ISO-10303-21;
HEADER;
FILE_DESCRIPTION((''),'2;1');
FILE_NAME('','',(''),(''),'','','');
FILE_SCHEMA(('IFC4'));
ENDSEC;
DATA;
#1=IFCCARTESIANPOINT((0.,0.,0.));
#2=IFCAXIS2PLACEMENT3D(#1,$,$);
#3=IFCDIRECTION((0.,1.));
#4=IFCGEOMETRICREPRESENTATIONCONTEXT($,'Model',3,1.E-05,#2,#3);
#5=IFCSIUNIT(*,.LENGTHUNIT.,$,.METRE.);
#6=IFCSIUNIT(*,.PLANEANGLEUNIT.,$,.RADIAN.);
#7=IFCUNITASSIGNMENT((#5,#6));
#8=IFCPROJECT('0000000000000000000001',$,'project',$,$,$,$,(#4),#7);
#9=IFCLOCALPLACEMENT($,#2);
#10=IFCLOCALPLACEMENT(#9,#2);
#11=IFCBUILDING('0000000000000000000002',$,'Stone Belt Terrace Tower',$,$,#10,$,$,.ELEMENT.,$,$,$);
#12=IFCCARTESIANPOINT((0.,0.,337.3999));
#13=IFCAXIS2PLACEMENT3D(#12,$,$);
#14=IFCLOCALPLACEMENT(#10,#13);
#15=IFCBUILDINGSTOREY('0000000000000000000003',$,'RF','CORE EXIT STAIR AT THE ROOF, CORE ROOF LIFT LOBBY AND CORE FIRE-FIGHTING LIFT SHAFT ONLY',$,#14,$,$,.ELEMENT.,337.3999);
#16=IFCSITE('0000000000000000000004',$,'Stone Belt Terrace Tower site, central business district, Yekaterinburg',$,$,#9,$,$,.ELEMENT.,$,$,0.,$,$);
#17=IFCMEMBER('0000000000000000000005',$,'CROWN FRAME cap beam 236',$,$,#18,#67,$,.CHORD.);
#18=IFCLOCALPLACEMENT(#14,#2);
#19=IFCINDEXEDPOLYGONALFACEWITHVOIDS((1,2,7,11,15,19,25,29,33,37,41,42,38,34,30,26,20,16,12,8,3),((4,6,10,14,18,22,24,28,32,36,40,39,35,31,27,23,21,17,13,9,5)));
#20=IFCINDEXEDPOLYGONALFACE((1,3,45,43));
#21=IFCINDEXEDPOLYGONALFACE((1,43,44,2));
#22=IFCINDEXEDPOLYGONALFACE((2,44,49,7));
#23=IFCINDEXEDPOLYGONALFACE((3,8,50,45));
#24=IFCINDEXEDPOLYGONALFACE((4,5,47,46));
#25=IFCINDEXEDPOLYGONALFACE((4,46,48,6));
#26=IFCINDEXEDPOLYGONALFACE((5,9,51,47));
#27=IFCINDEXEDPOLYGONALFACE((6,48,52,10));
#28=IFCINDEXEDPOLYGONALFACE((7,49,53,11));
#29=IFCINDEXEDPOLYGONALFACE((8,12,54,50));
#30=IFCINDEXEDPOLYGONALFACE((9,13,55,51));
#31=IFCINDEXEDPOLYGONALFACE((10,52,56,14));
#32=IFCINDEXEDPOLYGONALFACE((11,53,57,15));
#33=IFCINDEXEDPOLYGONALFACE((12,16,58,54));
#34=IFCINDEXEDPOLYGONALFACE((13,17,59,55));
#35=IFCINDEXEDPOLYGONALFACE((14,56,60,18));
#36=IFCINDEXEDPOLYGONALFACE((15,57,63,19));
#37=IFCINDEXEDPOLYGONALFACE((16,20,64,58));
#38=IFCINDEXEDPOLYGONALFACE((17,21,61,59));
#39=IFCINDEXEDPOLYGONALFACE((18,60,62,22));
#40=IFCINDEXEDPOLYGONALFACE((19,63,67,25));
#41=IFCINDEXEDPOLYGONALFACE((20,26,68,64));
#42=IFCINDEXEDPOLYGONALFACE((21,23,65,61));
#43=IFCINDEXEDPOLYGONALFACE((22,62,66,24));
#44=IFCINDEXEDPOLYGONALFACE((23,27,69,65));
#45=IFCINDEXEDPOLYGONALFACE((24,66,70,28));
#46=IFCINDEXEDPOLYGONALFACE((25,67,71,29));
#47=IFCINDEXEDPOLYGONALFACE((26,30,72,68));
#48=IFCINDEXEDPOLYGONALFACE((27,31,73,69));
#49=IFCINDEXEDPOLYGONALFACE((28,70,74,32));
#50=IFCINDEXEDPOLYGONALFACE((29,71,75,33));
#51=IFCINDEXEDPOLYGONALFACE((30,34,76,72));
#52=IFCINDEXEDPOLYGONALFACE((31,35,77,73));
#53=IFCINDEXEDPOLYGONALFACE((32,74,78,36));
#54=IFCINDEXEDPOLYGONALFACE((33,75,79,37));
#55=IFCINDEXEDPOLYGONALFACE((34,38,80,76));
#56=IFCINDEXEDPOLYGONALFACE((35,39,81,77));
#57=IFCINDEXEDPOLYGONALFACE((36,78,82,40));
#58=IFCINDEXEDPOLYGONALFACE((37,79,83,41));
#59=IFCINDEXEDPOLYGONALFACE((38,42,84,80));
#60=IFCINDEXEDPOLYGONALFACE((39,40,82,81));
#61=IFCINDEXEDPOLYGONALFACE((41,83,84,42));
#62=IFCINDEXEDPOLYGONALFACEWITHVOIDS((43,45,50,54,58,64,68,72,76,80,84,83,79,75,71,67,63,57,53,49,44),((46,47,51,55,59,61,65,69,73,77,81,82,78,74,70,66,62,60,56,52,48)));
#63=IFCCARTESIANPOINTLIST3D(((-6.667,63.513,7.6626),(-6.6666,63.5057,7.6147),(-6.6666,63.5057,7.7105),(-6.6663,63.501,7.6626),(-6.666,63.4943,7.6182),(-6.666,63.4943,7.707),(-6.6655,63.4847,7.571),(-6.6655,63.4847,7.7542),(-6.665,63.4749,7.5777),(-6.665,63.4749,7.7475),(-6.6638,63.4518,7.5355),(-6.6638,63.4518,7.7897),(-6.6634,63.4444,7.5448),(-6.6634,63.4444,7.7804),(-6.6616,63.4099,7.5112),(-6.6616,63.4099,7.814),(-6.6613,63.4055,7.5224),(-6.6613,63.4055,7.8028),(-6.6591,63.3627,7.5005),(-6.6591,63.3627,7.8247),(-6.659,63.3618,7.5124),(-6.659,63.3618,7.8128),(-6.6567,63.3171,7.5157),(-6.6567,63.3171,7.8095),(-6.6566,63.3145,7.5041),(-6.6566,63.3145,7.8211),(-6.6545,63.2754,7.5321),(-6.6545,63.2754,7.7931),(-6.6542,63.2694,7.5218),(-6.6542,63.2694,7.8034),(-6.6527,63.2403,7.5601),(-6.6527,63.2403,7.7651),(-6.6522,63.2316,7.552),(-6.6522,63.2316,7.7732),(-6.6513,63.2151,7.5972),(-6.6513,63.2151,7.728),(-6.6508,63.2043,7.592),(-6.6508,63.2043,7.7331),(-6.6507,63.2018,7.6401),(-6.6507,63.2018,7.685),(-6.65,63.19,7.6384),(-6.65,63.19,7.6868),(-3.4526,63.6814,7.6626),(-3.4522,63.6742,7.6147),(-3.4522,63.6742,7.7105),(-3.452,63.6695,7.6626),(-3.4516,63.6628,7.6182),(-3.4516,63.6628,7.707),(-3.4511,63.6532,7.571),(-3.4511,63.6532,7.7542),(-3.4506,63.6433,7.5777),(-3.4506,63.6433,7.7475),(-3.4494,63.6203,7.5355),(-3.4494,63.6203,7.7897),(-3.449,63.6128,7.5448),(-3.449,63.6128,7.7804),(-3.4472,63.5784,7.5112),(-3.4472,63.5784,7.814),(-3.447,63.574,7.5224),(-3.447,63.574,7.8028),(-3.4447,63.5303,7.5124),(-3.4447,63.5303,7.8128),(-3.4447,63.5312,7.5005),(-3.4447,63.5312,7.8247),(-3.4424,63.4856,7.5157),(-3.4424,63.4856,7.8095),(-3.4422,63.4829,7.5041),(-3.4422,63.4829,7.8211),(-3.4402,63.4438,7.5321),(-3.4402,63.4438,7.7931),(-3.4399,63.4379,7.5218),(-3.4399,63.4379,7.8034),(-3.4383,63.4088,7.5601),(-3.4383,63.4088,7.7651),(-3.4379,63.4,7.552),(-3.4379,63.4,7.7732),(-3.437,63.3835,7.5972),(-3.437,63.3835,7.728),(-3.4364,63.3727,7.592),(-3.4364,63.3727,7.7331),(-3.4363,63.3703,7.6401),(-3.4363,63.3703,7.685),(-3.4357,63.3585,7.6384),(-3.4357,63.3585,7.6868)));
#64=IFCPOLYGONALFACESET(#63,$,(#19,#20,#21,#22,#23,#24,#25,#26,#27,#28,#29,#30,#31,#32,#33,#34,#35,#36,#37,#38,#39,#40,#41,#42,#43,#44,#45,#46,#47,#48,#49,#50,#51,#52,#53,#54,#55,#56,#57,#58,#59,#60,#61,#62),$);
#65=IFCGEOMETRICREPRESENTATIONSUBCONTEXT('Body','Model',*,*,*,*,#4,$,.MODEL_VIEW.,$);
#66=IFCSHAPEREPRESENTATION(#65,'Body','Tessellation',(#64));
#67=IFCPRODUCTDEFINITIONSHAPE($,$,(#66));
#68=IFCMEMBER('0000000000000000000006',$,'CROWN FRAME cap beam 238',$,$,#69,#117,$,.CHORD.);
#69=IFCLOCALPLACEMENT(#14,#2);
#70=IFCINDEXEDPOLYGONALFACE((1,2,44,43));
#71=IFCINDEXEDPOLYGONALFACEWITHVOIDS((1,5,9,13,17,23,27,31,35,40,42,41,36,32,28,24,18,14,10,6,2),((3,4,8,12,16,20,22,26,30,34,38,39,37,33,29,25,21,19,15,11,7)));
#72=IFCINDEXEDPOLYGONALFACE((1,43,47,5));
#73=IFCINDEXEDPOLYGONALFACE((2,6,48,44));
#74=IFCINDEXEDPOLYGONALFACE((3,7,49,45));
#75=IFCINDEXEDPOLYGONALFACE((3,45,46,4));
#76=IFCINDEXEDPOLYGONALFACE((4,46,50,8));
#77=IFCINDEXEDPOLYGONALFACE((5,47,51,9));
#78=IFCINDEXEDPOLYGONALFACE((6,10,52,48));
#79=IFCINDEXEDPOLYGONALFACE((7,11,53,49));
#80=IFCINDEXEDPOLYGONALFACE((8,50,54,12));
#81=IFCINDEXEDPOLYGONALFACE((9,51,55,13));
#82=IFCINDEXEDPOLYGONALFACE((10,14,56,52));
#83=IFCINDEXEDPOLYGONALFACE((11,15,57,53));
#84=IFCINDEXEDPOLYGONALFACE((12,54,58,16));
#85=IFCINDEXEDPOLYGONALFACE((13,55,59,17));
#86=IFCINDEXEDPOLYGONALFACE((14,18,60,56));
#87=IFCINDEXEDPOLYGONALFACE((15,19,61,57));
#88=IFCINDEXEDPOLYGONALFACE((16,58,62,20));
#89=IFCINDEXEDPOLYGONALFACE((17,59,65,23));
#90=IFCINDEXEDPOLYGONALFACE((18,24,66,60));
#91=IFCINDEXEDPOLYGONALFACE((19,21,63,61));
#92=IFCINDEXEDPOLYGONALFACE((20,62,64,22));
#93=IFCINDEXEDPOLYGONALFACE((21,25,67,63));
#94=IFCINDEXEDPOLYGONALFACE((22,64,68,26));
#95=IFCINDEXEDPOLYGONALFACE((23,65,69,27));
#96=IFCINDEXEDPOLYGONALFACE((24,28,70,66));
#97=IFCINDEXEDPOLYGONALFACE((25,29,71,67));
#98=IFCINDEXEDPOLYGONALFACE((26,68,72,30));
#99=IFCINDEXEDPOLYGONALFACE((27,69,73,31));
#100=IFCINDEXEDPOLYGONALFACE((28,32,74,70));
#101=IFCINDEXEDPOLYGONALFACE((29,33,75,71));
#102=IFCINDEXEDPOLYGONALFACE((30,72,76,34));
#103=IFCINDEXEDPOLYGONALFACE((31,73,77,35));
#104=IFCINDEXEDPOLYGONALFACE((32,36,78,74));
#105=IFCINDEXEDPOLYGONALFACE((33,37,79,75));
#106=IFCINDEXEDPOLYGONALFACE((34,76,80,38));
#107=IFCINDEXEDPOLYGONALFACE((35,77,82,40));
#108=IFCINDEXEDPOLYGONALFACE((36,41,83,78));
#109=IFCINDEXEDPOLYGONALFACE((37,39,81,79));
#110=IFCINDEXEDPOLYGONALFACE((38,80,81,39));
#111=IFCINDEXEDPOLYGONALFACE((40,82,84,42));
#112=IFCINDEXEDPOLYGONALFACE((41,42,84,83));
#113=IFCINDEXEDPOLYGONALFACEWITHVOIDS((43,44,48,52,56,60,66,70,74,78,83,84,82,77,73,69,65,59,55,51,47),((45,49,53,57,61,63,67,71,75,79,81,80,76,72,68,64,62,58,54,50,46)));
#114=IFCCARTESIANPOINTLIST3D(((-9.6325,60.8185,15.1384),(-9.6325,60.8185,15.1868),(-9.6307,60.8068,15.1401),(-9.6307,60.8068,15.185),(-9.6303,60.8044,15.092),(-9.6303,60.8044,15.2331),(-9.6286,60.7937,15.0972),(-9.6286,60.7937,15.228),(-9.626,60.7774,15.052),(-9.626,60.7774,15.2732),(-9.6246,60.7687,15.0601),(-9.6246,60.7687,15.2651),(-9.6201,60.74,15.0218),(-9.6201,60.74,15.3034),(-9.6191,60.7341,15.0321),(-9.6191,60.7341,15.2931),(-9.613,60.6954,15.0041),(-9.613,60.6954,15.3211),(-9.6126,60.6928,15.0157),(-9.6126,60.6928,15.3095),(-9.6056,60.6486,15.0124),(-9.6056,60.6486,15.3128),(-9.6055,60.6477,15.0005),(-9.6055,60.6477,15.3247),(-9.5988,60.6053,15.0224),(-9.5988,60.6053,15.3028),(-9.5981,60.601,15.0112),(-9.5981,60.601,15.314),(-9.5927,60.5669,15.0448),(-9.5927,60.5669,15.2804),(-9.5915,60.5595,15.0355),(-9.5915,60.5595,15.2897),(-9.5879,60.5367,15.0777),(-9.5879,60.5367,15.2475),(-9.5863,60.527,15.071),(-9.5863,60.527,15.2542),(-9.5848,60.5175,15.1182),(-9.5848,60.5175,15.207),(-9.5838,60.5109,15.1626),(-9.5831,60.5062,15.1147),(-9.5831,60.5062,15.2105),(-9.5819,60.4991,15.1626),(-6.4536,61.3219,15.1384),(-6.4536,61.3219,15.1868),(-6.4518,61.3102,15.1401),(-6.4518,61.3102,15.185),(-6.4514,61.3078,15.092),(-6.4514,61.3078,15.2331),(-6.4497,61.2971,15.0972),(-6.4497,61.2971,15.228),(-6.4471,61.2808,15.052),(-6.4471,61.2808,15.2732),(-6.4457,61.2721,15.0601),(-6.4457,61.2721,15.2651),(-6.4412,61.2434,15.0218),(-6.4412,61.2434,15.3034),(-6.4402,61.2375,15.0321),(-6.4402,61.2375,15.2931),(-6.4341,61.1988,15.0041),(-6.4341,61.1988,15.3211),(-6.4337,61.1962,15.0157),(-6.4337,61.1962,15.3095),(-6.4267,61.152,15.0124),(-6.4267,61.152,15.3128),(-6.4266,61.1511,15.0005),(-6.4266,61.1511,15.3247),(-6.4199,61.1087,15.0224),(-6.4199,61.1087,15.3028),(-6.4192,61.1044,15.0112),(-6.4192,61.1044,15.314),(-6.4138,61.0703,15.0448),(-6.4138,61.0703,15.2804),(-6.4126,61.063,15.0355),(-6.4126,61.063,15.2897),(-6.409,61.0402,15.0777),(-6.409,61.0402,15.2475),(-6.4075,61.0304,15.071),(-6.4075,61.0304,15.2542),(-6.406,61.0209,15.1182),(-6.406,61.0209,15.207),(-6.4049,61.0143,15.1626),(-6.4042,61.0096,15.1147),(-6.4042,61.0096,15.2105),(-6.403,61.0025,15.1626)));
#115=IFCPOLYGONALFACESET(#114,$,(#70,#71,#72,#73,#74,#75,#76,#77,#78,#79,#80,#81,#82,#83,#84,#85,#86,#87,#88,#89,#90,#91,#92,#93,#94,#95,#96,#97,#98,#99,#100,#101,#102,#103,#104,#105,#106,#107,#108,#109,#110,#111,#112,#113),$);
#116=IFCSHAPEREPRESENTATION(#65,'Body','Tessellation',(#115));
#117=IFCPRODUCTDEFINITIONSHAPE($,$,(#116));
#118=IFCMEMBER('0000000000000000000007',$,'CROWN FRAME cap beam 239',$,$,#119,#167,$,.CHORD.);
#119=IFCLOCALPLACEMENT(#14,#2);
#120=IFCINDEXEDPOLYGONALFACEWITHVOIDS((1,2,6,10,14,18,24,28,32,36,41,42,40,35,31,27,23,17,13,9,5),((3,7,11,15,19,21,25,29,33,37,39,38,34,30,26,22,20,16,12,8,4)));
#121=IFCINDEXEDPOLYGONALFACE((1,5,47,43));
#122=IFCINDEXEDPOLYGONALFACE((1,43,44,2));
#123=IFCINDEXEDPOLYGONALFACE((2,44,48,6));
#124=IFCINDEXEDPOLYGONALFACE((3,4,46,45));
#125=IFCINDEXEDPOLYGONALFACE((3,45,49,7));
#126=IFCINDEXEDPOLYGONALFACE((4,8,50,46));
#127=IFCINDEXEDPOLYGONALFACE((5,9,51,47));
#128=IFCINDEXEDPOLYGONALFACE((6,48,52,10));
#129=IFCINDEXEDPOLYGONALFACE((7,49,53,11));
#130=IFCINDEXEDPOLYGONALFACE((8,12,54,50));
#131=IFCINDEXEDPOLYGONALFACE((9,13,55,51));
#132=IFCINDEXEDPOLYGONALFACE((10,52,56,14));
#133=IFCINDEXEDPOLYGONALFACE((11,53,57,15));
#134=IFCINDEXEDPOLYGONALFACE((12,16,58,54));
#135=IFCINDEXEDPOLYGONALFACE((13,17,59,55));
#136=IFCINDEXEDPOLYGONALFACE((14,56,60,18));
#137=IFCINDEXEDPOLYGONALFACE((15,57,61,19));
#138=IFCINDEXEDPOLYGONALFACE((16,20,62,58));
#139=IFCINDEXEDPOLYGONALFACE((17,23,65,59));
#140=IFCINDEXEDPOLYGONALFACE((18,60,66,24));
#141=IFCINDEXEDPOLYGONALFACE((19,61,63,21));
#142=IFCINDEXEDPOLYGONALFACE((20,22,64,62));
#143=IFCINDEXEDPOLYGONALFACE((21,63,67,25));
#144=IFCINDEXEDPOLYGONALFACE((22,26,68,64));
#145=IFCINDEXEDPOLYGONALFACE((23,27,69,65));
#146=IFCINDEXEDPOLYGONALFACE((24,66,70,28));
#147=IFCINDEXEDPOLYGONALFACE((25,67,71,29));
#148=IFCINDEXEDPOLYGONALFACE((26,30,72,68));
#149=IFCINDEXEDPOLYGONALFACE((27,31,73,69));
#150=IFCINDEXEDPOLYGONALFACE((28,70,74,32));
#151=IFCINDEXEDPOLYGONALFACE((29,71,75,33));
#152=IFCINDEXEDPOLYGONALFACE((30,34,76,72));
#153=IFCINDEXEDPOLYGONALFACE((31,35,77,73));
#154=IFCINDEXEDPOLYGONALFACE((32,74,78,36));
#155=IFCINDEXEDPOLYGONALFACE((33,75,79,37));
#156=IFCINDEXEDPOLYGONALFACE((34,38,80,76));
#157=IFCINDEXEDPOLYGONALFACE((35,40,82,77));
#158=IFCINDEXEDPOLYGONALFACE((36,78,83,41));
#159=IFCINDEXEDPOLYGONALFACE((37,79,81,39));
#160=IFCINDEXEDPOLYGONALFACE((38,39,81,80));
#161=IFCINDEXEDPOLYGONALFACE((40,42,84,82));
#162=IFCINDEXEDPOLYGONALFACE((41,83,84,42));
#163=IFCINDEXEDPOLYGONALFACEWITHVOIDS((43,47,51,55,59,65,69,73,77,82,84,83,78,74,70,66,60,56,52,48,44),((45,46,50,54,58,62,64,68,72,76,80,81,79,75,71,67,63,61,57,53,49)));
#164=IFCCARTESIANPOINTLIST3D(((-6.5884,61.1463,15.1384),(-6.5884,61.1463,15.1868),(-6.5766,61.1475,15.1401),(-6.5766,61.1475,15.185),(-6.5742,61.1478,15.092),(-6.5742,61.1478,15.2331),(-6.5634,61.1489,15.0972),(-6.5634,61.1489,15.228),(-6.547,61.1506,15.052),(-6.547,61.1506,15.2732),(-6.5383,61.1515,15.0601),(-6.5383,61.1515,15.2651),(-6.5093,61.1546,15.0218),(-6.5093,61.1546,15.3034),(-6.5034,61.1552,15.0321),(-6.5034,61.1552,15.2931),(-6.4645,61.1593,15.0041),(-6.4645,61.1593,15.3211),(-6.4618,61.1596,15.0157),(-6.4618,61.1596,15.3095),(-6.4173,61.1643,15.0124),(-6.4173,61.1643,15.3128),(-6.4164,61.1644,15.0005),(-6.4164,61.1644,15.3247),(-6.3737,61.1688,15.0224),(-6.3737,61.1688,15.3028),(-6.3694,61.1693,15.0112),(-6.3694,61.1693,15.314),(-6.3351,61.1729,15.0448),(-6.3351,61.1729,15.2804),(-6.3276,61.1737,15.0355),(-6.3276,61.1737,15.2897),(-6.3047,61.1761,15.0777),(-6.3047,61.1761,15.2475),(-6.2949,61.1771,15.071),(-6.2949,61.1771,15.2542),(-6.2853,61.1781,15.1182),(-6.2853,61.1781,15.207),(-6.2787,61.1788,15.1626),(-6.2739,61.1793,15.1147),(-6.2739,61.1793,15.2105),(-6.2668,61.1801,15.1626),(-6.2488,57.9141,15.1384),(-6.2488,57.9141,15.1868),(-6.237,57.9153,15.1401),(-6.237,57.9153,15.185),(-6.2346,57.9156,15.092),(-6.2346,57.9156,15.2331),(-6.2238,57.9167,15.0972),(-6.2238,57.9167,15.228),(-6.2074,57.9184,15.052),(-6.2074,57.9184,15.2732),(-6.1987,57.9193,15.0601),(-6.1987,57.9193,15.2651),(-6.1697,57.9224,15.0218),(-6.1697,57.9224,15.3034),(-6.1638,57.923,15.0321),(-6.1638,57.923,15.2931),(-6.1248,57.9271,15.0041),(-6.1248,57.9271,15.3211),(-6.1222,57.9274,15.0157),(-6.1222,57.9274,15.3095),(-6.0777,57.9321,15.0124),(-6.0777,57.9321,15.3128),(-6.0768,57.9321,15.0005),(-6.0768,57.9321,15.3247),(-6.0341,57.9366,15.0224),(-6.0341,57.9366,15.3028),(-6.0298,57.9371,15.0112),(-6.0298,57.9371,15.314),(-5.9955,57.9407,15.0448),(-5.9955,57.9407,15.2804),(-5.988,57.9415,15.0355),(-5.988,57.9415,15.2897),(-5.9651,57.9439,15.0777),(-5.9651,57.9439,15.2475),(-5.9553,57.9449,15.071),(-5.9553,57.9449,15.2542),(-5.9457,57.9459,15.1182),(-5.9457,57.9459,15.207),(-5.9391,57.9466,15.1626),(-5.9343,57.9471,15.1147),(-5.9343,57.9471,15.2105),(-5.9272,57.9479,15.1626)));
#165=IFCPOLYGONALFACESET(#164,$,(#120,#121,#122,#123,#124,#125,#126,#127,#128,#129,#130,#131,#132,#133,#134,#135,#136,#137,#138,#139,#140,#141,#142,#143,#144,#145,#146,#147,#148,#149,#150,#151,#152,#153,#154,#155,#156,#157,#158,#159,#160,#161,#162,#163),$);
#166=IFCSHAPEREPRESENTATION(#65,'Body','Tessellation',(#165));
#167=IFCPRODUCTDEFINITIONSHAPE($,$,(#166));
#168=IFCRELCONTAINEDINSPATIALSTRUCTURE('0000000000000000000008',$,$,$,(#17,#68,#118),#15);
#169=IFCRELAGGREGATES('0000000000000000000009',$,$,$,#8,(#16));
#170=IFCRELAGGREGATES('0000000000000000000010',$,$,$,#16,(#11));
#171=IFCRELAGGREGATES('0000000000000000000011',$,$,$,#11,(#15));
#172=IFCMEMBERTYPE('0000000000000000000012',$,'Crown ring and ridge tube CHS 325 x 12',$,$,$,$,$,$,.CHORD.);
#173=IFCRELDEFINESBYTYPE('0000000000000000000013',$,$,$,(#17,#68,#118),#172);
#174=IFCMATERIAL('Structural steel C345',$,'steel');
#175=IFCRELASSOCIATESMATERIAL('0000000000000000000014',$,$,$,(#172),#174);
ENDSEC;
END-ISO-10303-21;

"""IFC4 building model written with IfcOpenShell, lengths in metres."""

from ifc_helpers import new_model, si_unit, direction, frame, origin, origin_2d, place, context, subcontext, project, spatial, hollow_circle, extrude, material, material_profile, profile_set, type_object, element, save


model = new_model("IFC4")

# Units and contexts
model_context = context("Model", 3, precision=1e-05, world=origin(), true_north=direction((0.0, 1.0)))
body_context = subcontext(model_context, "Body", "Model", "MODEL_VIEW")
ifc_project = project(units=[si_unit("LENGTHUNIT", "METRE"), si_unit("PLANEANGLEUNIT", "RADIAN")], contexts=[model_context])

# Site, building, storey
site_placement = place(None, origin())
site = spatial("IfcSite", under=ifc_project, at=site_placement, Name="Stone Belt Terrace Tower site, central business district, Yekaterinburg", CompositionType="ELEMENT", RefElevation=0.0)
building_placement = place(site_placement, origin())
building = spatial("IfcBuilding", under=site, at=building_placement, Name="Stone Belt Terrace Tower", CompositionType="ELEMENT")
storey_placement = place(building_placement, frame((0.0, 0.0, 337.3999)))
storey = spatial("IfcBuildingStorey", under=building, at=storey_placement, Name="RF", Description="CORE EXIT STAIR AT THE ROOF, CORE ROOF LIFT LOBBY AND CORE FIRE-FIGHTING LIFT SHAFT ONLY", CompositionType="ELEMENT", Elevation=337.3999)

# Members
ifc_material_1 = material(Name="Structural steel C345", Category="steel")
ifc_material_profile_1 = material_profile(ifc_material_1, hollow_circle(Radius=0.1626, WallThickness=0.012, at=origin_2d()), Name="Structural steel C345 CHS 325x12")
ifc_profile_set_1 = profile_set([ifc_material_profile_1], Name="Structural steel C345")
member_type_1 = type_object("IfcMemberType", Name="Crown ring and ridge tube CHS 325 x 12", PredefinedType="CHORD", material=ifc_profile_set_1)
member_1_placement = place(storey_placement, frame((-6.6584, 63.3506, 7.6626), z_axis=(0.99863, 0.052336, 0.0), x_axis=(-0.052336, 0.99863, 0.0)))
element("IfcMember", 1, at=member_1_placement, inside=storey, type_object=member_type_1, Name="CROWN FRAME cap beam 236", PredefinedType="CHORD", context=body_context, shape_type="SweptSolid", body=[
    extrude(hollow_circle(Radius=0.1626, WallThickness=0.012, at=origin_2d()), origin(), (0.0, 0.0, 1.0), 3.2188),
])
member_2_placement = place(storey_placement, frame((-6.4285, 61.1631, 15.1626), z_axis=(-0.987692, -0.156411, 0.0), x_axis=(0.156411, -0.987692, 0.0)))
element("IfcMember", 2, at=member_2_placement, inside=storey, type_object=member_type_1, Name="CROWN FRAME cap beam 238", PredefinedType="CHORD", context=body_context, shape_type="SweptSolid", body=[
    extrude(hollow_circle(Radius=0.1626, WallThickness=0.012, at=origin_2d()), origin(), (0.0, 0.0, 1.0), 3.2185),
])
member_3_placement = place(storey_placement, frame((-6.4285, 61.1631, 15.1626), z_axis=(0.104493, -0.994526, 0.0), x_axis=(0.994526, 0.104493, 0.0)))
element("IfcMember", 3, at=member_3_placement, inside=storey, type_object=member_type_1, Name="CROWN FRAME cap beam 239", PredefinedType="CHORD", context=body_context, shape_type="SweptSolid", body=[
    extrude(hollow_circle(Radius=0.1626, WallThickness=0.012, at=origin_2d()), origin(), (0.0, 0.0, 1.0), 3.25),
])

save(model, "model.ifc")
